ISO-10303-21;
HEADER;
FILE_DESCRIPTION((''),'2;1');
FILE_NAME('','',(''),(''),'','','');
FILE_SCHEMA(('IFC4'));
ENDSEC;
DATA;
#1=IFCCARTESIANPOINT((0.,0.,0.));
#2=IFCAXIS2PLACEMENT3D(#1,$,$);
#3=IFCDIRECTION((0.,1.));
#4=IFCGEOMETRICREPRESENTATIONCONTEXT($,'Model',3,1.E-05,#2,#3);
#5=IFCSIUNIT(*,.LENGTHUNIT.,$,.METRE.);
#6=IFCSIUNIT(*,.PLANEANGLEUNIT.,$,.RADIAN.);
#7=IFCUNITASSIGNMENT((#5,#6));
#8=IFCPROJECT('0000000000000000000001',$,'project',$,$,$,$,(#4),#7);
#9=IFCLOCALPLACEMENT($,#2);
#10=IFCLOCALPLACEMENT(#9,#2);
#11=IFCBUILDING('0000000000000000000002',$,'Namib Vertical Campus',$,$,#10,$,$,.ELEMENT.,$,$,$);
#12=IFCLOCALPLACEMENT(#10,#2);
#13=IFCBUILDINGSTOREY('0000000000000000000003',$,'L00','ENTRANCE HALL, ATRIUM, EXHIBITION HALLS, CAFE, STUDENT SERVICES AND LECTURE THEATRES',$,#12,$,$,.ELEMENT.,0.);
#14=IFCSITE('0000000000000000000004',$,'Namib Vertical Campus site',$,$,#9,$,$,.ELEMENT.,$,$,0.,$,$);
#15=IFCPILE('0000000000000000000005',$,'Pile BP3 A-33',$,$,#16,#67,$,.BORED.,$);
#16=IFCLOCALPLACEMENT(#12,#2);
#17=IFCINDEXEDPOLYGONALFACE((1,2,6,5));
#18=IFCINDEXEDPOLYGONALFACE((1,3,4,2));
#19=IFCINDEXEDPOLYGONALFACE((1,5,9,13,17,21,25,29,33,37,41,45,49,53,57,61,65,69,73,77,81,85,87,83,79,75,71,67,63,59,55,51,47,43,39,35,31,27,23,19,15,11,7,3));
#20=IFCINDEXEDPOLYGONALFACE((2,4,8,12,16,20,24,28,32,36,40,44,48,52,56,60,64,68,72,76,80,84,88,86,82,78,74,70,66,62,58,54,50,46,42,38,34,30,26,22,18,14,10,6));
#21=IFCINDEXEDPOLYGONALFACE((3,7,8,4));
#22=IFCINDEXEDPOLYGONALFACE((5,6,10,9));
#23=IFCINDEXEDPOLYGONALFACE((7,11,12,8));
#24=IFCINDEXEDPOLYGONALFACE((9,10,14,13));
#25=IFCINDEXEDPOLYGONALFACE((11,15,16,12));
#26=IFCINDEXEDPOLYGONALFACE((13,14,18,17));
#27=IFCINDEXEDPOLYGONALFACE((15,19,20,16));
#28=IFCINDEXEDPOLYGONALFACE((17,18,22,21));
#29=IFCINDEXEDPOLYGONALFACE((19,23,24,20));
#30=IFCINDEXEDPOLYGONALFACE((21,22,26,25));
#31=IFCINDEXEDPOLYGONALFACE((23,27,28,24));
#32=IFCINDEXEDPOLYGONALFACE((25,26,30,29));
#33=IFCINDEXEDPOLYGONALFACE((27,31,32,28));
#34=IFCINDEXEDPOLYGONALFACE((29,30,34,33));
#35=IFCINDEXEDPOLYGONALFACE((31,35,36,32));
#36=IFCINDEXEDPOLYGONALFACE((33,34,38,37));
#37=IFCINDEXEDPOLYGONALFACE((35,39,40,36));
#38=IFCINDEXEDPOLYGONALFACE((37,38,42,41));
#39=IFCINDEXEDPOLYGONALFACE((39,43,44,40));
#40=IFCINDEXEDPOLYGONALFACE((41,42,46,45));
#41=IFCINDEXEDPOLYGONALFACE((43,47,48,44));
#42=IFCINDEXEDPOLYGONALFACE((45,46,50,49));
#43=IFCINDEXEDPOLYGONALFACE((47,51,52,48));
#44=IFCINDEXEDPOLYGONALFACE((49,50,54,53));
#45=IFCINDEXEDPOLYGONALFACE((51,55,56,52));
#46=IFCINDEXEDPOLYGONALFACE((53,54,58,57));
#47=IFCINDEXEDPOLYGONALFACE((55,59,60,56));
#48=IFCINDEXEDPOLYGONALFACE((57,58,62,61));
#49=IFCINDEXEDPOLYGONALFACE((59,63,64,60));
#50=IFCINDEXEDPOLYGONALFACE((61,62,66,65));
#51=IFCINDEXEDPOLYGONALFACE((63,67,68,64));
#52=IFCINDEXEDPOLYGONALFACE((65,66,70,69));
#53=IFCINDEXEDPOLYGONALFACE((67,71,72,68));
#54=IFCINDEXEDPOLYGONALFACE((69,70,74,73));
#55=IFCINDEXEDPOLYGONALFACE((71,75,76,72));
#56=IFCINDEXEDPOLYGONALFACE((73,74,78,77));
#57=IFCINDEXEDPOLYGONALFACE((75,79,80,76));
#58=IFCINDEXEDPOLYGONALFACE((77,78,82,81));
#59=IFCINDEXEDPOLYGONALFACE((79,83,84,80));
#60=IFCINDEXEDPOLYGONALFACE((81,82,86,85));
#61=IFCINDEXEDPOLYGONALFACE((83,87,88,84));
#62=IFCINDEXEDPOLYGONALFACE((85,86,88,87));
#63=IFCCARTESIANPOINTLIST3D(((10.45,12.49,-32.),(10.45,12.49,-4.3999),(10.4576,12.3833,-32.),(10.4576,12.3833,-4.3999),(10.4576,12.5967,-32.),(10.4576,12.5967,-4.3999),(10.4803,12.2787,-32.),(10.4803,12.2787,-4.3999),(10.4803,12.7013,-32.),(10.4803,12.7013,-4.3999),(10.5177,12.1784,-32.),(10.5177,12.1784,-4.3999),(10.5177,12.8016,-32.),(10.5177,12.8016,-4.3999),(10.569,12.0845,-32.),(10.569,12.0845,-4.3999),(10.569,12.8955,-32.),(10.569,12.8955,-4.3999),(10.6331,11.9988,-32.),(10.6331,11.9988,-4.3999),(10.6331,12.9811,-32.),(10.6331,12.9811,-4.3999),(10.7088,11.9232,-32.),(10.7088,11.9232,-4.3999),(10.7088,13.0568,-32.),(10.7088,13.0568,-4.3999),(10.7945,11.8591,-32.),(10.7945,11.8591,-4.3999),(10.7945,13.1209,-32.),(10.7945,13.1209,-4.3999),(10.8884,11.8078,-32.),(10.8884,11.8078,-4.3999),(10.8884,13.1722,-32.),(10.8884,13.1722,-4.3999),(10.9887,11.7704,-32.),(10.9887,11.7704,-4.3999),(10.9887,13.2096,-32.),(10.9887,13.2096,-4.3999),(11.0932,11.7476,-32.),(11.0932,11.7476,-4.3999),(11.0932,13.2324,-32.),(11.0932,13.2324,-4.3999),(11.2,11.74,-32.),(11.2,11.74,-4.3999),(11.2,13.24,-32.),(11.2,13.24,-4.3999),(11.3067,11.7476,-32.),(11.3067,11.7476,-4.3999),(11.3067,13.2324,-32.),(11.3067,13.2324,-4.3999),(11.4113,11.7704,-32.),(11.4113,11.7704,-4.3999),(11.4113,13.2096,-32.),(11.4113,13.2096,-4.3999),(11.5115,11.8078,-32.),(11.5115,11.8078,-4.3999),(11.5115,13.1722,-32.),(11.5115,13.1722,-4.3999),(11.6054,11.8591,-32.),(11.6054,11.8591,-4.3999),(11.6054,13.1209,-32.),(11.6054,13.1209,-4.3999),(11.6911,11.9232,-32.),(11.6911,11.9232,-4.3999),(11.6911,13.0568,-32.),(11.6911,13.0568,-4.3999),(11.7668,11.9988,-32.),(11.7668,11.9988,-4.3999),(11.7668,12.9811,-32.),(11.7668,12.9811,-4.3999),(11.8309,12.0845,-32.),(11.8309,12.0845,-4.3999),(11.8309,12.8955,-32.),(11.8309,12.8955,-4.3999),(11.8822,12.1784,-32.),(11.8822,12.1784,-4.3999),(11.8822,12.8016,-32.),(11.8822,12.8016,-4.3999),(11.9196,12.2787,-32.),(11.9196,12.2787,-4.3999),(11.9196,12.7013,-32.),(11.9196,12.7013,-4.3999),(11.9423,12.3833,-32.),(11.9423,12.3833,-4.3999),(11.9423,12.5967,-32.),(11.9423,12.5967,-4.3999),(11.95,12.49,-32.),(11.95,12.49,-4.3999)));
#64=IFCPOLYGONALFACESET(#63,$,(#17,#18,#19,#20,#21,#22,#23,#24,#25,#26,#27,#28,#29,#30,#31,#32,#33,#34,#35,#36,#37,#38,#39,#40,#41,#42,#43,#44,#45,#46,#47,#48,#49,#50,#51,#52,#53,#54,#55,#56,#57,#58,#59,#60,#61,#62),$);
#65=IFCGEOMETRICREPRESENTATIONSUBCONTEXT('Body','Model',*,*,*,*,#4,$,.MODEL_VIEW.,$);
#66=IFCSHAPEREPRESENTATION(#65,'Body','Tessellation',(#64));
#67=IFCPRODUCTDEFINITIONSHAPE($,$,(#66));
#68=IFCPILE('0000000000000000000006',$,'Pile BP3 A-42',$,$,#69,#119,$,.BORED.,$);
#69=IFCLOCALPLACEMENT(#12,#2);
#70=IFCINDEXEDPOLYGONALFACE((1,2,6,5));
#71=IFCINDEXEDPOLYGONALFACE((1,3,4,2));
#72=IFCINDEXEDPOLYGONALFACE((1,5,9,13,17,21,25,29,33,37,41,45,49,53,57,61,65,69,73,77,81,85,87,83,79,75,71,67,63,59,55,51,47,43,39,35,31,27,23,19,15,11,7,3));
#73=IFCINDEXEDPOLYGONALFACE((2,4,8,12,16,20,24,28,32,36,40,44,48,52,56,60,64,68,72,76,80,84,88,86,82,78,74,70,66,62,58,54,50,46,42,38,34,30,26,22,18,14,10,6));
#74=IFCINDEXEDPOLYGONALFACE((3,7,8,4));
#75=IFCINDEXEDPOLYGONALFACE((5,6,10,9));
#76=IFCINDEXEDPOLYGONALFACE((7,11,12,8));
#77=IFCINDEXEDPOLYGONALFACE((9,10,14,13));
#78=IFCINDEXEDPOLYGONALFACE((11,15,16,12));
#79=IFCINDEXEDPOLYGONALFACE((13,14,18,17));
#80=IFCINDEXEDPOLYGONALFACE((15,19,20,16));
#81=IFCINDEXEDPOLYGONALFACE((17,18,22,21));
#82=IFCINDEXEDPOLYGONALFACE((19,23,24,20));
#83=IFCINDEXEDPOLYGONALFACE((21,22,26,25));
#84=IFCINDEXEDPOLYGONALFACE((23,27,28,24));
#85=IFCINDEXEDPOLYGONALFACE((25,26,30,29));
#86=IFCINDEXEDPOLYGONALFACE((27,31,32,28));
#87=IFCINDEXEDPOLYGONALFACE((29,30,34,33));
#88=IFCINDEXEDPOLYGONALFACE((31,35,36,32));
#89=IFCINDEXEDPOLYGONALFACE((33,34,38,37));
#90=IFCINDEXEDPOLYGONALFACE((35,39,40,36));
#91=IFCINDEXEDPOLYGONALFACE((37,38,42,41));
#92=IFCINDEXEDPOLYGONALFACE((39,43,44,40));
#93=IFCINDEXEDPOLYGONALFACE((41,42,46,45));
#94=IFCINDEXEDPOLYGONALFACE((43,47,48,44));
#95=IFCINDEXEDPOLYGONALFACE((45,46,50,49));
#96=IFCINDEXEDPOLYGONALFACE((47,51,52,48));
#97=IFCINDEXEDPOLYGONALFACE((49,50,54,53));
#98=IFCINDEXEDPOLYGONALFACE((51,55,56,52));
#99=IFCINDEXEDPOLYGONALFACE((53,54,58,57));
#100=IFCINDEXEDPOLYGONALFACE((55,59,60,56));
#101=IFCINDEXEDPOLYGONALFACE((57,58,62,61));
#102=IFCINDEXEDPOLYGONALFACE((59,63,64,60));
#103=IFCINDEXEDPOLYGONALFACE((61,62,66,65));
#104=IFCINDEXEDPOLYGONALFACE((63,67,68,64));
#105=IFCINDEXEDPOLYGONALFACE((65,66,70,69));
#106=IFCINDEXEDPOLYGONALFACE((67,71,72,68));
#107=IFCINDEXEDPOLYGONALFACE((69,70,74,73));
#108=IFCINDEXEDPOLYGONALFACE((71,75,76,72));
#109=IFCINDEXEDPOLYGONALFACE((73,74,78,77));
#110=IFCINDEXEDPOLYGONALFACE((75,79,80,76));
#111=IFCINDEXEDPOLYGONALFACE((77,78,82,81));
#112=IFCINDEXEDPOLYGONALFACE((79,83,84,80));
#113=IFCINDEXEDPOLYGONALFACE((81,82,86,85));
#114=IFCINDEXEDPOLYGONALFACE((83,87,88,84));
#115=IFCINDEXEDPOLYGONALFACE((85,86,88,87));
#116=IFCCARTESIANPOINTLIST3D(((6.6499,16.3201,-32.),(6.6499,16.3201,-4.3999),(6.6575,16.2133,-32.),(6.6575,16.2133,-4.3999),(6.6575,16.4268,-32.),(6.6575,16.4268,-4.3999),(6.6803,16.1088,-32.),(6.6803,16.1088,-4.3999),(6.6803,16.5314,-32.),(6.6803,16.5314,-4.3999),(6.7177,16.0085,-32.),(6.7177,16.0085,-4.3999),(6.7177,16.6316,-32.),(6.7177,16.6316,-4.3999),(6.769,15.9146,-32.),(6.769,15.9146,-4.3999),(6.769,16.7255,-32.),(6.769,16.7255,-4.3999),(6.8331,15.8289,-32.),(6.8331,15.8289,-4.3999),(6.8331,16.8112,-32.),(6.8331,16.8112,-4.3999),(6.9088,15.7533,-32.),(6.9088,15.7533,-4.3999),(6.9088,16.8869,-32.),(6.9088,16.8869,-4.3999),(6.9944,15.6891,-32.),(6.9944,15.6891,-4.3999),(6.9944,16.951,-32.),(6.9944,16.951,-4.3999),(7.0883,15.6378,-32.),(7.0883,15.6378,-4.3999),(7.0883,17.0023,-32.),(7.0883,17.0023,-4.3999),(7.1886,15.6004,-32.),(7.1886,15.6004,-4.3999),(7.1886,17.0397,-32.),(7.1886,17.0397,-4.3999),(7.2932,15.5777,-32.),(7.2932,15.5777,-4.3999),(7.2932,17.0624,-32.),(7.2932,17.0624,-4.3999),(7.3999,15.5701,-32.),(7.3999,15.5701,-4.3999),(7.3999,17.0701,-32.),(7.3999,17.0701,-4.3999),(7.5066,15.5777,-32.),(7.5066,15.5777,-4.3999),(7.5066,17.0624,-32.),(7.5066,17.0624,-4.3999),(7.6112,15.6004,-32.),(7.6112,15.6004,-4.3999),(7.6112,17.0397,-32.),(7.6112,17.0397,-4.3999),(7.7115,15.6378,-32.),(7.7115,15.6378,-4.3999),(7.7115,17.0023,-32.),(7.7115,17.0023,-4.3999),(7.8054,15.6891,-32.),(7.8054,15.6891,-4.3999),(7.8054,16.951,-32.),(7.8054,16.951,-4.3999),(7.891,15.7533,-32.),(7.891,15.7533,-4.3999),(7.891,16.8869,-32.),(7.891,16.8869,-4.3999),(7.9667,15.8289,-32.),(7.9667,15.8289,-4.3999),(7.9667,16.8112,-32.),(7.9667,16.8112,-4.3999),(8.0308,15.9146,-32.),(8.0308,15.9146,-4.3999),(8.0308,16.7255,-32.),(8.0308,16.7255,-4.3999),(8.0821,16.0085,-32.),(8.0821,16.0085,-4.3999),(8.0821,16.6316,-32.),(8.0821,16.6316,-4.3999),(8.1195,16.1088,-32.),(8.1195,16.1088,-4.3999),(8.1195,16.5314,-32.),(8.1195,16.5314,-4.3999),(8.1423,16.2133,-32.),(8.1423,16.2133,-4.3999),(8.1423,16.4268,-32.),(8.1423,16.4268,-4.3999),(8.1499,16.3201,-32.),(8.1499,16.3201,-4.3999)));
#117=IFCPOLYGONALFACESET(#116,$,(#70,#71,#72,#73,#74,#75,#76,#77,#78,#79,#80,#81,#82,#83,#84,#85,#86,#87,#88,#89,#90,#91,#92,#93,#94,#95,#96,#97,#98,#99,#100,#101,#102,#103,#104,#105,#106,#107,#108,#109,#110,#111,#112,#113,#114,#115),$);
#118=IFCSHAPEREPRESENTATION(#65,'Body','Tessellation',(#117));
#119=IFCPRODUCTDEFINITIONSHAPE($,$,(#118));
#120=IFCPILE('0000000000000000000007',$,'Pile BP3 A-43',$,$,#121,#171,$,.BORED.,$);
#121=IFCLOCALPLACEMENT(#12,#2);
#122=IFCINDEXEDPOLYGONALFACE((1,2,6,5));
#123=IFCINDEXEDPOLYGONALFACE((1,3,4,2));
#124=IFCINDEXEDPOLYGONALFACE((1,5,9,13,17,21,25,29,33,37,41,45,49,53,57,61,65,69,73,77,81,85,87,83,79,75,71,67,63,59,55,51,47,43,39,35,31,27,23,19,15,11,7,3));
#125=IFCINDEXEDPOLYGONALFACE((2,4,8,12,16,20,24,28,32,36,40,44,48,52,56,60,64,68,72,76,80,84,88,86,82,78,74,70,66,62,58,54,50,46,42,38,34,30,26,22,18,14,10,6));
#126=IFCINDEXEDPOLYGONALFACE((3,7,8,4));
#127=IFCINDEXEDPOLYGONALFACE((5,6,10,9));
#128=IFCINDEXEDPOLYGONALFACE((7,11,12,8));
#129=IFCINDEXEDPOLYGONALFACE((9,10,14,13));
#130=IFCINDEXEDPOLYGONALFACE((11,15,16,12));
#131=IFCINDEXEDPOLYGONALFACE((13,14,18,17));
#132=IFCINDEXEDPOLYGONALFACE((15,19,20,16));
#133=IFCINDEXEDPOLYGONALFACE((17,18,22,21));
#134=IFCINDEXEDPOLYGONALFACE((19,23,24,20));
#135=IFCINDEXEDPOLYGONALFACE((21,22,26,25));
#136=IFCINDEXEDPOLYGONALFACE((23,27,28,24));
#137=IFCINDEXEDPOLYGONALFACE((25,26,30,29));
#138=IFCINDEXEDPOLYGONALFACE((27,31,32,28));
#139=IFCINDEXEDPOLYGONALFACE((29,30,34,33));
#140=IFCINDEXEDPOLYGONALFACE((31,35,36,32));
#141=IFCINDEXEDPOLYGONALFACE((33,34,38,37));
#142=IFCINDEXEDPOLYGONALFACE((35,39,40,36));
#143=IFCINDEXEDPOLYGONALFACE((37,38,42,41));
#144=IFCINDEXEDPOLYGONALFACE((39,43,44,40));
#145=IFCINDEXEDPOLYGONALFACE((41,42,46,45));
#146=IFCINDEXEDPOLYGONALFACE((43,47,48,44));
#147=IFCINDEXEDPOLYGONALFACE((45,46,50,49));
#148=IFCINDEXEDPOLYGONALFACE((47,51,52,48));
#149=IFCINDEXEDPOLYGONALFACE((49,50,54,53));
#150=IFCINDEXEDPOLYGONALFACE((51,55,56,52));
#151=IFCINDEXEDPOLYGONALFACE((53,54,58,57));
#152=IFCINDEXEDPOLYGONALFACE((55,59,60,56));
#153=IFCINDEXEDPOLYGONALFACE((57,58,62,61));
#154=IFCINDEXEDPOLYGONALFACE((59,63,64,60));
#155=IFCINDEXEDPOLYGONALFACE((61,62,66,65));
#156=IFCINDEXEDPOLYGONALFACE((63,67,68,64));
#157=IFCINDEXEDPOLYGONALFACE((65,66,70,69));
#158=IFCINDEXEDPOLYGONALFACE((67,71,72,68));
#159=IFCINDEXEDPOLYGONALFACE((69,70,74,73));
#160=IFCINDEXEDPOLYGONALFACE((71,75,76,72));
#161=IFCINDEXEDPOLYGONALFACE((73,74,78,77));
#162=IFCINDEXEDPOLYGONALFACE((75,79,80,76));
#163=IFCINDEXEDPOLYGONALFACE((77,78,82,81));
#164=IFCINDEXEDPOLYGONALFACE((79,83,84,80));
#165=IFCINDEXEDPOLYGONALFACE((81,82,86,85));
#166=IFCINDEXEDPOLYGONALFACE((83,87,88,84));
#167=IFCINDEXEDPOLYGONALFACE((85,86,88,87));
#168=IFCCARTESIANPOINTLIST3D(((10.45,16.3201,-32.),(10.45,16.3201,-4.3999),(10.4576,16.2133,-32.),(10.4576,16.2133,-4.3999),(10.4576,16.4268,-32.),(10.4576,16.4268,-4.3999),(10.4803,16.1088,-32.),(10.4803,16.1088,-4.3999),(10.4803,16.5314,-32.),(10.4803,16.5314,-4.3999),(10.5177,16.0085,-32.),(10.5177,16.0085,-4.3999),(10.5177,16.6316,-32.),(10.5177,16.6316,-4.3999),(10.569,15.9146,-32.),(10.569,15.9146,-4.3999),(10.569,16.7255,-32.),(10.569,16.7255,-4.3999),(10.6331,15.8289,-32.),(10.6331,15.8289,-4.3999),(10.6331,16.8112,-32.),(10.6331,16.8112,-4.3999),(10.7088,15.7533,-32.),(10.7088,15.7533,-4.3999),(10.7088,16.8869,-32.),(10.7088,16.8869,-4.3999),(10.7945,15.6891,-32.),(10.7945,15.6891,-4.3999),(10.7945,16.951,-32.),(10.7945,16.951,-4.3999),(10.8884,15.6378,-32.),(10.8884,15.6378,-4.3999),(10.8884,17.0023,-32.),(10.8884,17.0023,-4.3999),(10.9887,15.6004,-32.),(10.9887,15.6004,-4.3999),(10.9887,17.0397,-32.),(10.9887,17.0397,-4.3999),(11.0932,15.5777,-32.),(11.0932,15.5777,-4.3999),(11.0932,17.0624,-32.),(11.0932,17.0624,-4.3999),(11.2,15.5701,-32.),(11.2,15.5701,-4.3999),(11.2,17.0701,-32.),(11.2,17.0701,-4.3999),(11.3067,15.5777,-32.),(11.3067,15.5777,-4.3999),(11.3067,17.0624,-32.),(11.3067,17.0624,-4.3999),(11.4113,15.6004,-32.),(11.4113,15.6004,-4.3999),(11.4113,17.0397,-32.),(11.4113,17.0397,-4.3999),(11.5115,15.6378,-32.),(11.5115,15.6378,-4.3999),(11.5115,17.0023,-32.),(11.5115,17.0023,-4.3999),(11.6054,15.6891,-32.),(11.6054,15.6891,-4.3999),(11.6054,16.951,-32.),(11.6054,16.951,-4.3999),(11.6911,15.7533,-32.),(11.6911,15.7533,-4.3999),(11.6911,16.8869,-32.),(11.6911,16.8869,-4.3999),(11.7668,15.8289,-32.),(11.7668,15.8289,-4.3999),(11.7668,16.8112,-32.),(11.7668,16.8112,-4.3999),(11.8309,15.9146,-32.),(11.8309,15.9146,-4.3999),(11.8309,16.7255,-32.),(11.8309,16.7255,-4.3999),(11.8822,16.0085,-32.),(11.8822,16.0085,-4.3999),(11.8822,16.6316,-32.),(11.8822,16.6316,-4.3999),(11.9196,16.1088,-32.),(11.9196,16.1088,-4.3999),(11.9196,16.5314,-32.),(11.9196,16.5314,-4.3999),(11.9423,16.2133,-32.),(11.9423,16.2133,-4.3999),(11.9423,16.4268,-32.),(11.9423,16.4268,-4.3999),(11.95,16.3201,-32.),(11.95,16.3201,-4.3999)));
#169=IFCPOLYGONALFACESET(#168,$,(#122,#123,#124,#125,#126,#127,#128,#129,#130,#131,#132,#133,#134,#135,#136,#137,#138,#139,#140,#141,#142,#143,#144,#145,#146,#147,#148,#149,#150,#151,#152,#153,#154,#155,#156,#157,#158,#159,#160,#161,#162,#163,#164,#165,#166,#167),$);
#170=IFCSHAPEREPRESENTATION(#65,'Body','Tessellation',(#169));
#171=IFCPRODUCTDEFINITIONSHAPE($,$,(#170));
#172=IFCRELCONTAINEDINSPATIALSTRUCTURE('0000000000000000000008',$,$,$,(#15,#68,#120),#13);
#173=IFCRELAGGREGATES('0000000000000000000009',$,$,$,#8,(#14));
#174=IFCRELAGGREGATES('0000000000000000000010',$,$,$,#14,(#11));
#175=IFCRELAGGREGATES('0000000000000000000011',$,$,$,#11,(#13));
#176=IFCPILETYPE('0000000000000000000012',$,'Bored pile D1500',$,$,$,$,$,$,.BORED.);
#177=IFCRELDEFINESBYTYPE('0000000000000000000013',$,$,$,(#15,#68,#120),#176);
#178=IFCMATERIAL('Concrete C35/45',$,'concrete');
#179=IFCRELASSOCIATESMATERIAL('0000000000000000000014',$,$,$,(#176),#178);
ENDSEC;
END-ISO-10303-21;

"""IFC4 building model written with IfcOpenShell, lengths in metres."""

from ifc_helpers import new_model, si_unit, direction, frame, origin, origin_2d, place, context, subcontext, project, spatial, circle, extrude, material, material_profile, profile_set, type_object, element, save


model = new_model("IFC4")

# Units and contexts
model_context = context("Model", 3, precision=1e-05, world=origin(), true_north=direction((0.0, 1.0)))
body_context = subcontext(model_context, "Body", "Model", "MODEL_VIEW")
ifc_project = project(units=[si_unit("LENGTHUNIT", "METRE"), si_unit("PLANEANGLEUNIT", "RADIAN")], contexts=[model_context])

# Site, building, storey
site_placement = place(None, origin())
site = spatial("IfcSite", under=ifc_project, at=site_placement, Name="Namib Vertical Campus site", CompositionType="ELEMENT", RefElevation=0.0)
building_placement = place(site_placement, origin())
building = spatial("IfcBuilding", under=site, at=building_placement, Name="Namib Vertical Campus", CompositionType="ELEMENT")
storey_placement = place(building_placement, origin())
storey = spatial("IfcBuildingStorey", under=building, at=storey_placement, Name="L00", Description="ENTRANCE HALL, ATRIUM, EXHIBITION HALLS, CAFE, STUDENT SERVICES AND LECTURE THEATRES", CompositionType="ELEMENT", Elevation=0.0)

# Piles
ifc_material_1 = material(Name="Concrete C35/45", Category="concrete")
ifc_material_profile_1 = material_profile(ifc_material_1, circle(Radius=0.75, at=origin_2d()))
ifc_profile_set_1 = profile_set([ifc_material_profile_1], Name="Concrete C35/45")
pile_type = type_object("IfcPileType", Name="Bored pile D1500", PredefinedType="BORED", material=ifc_profile_set_1)
for number, where, z_axis, x_axis, name in (
    (1, (11.2, 12.49, -4.3999), (0.0, 0.0, -1.0), (1.0, 0.0, 0.0), "Pile BP3 A-33"),
    (2, (7.3999, 16.3201, -4.3999), (0.0, 0.0, -1.0), (1.0, 0.0, 0.0), "Pile BP3 A-42"),
    (3, (11.2, 16.3201, -4.3999), (0.0, 0.0, -1.0), (1.0, 0.0, 0.0), "Pile BP3 A-43"),
):
    element("IfcPile", number, at=place(storey_placement, frame(where, z_axis=z_axis, x_axis=x_axis)), inside=storey, type_object=pile_type, Name=name, PredefinedType="BORED", context=body_context, shape_type="SweptSolid", body=[
        extrude(circle(Radius=0.75, at=origin_2d()), origin(), (0.0, 0.0, 1.0), 27.6001),
    ])

save(model, "model.ifc")
